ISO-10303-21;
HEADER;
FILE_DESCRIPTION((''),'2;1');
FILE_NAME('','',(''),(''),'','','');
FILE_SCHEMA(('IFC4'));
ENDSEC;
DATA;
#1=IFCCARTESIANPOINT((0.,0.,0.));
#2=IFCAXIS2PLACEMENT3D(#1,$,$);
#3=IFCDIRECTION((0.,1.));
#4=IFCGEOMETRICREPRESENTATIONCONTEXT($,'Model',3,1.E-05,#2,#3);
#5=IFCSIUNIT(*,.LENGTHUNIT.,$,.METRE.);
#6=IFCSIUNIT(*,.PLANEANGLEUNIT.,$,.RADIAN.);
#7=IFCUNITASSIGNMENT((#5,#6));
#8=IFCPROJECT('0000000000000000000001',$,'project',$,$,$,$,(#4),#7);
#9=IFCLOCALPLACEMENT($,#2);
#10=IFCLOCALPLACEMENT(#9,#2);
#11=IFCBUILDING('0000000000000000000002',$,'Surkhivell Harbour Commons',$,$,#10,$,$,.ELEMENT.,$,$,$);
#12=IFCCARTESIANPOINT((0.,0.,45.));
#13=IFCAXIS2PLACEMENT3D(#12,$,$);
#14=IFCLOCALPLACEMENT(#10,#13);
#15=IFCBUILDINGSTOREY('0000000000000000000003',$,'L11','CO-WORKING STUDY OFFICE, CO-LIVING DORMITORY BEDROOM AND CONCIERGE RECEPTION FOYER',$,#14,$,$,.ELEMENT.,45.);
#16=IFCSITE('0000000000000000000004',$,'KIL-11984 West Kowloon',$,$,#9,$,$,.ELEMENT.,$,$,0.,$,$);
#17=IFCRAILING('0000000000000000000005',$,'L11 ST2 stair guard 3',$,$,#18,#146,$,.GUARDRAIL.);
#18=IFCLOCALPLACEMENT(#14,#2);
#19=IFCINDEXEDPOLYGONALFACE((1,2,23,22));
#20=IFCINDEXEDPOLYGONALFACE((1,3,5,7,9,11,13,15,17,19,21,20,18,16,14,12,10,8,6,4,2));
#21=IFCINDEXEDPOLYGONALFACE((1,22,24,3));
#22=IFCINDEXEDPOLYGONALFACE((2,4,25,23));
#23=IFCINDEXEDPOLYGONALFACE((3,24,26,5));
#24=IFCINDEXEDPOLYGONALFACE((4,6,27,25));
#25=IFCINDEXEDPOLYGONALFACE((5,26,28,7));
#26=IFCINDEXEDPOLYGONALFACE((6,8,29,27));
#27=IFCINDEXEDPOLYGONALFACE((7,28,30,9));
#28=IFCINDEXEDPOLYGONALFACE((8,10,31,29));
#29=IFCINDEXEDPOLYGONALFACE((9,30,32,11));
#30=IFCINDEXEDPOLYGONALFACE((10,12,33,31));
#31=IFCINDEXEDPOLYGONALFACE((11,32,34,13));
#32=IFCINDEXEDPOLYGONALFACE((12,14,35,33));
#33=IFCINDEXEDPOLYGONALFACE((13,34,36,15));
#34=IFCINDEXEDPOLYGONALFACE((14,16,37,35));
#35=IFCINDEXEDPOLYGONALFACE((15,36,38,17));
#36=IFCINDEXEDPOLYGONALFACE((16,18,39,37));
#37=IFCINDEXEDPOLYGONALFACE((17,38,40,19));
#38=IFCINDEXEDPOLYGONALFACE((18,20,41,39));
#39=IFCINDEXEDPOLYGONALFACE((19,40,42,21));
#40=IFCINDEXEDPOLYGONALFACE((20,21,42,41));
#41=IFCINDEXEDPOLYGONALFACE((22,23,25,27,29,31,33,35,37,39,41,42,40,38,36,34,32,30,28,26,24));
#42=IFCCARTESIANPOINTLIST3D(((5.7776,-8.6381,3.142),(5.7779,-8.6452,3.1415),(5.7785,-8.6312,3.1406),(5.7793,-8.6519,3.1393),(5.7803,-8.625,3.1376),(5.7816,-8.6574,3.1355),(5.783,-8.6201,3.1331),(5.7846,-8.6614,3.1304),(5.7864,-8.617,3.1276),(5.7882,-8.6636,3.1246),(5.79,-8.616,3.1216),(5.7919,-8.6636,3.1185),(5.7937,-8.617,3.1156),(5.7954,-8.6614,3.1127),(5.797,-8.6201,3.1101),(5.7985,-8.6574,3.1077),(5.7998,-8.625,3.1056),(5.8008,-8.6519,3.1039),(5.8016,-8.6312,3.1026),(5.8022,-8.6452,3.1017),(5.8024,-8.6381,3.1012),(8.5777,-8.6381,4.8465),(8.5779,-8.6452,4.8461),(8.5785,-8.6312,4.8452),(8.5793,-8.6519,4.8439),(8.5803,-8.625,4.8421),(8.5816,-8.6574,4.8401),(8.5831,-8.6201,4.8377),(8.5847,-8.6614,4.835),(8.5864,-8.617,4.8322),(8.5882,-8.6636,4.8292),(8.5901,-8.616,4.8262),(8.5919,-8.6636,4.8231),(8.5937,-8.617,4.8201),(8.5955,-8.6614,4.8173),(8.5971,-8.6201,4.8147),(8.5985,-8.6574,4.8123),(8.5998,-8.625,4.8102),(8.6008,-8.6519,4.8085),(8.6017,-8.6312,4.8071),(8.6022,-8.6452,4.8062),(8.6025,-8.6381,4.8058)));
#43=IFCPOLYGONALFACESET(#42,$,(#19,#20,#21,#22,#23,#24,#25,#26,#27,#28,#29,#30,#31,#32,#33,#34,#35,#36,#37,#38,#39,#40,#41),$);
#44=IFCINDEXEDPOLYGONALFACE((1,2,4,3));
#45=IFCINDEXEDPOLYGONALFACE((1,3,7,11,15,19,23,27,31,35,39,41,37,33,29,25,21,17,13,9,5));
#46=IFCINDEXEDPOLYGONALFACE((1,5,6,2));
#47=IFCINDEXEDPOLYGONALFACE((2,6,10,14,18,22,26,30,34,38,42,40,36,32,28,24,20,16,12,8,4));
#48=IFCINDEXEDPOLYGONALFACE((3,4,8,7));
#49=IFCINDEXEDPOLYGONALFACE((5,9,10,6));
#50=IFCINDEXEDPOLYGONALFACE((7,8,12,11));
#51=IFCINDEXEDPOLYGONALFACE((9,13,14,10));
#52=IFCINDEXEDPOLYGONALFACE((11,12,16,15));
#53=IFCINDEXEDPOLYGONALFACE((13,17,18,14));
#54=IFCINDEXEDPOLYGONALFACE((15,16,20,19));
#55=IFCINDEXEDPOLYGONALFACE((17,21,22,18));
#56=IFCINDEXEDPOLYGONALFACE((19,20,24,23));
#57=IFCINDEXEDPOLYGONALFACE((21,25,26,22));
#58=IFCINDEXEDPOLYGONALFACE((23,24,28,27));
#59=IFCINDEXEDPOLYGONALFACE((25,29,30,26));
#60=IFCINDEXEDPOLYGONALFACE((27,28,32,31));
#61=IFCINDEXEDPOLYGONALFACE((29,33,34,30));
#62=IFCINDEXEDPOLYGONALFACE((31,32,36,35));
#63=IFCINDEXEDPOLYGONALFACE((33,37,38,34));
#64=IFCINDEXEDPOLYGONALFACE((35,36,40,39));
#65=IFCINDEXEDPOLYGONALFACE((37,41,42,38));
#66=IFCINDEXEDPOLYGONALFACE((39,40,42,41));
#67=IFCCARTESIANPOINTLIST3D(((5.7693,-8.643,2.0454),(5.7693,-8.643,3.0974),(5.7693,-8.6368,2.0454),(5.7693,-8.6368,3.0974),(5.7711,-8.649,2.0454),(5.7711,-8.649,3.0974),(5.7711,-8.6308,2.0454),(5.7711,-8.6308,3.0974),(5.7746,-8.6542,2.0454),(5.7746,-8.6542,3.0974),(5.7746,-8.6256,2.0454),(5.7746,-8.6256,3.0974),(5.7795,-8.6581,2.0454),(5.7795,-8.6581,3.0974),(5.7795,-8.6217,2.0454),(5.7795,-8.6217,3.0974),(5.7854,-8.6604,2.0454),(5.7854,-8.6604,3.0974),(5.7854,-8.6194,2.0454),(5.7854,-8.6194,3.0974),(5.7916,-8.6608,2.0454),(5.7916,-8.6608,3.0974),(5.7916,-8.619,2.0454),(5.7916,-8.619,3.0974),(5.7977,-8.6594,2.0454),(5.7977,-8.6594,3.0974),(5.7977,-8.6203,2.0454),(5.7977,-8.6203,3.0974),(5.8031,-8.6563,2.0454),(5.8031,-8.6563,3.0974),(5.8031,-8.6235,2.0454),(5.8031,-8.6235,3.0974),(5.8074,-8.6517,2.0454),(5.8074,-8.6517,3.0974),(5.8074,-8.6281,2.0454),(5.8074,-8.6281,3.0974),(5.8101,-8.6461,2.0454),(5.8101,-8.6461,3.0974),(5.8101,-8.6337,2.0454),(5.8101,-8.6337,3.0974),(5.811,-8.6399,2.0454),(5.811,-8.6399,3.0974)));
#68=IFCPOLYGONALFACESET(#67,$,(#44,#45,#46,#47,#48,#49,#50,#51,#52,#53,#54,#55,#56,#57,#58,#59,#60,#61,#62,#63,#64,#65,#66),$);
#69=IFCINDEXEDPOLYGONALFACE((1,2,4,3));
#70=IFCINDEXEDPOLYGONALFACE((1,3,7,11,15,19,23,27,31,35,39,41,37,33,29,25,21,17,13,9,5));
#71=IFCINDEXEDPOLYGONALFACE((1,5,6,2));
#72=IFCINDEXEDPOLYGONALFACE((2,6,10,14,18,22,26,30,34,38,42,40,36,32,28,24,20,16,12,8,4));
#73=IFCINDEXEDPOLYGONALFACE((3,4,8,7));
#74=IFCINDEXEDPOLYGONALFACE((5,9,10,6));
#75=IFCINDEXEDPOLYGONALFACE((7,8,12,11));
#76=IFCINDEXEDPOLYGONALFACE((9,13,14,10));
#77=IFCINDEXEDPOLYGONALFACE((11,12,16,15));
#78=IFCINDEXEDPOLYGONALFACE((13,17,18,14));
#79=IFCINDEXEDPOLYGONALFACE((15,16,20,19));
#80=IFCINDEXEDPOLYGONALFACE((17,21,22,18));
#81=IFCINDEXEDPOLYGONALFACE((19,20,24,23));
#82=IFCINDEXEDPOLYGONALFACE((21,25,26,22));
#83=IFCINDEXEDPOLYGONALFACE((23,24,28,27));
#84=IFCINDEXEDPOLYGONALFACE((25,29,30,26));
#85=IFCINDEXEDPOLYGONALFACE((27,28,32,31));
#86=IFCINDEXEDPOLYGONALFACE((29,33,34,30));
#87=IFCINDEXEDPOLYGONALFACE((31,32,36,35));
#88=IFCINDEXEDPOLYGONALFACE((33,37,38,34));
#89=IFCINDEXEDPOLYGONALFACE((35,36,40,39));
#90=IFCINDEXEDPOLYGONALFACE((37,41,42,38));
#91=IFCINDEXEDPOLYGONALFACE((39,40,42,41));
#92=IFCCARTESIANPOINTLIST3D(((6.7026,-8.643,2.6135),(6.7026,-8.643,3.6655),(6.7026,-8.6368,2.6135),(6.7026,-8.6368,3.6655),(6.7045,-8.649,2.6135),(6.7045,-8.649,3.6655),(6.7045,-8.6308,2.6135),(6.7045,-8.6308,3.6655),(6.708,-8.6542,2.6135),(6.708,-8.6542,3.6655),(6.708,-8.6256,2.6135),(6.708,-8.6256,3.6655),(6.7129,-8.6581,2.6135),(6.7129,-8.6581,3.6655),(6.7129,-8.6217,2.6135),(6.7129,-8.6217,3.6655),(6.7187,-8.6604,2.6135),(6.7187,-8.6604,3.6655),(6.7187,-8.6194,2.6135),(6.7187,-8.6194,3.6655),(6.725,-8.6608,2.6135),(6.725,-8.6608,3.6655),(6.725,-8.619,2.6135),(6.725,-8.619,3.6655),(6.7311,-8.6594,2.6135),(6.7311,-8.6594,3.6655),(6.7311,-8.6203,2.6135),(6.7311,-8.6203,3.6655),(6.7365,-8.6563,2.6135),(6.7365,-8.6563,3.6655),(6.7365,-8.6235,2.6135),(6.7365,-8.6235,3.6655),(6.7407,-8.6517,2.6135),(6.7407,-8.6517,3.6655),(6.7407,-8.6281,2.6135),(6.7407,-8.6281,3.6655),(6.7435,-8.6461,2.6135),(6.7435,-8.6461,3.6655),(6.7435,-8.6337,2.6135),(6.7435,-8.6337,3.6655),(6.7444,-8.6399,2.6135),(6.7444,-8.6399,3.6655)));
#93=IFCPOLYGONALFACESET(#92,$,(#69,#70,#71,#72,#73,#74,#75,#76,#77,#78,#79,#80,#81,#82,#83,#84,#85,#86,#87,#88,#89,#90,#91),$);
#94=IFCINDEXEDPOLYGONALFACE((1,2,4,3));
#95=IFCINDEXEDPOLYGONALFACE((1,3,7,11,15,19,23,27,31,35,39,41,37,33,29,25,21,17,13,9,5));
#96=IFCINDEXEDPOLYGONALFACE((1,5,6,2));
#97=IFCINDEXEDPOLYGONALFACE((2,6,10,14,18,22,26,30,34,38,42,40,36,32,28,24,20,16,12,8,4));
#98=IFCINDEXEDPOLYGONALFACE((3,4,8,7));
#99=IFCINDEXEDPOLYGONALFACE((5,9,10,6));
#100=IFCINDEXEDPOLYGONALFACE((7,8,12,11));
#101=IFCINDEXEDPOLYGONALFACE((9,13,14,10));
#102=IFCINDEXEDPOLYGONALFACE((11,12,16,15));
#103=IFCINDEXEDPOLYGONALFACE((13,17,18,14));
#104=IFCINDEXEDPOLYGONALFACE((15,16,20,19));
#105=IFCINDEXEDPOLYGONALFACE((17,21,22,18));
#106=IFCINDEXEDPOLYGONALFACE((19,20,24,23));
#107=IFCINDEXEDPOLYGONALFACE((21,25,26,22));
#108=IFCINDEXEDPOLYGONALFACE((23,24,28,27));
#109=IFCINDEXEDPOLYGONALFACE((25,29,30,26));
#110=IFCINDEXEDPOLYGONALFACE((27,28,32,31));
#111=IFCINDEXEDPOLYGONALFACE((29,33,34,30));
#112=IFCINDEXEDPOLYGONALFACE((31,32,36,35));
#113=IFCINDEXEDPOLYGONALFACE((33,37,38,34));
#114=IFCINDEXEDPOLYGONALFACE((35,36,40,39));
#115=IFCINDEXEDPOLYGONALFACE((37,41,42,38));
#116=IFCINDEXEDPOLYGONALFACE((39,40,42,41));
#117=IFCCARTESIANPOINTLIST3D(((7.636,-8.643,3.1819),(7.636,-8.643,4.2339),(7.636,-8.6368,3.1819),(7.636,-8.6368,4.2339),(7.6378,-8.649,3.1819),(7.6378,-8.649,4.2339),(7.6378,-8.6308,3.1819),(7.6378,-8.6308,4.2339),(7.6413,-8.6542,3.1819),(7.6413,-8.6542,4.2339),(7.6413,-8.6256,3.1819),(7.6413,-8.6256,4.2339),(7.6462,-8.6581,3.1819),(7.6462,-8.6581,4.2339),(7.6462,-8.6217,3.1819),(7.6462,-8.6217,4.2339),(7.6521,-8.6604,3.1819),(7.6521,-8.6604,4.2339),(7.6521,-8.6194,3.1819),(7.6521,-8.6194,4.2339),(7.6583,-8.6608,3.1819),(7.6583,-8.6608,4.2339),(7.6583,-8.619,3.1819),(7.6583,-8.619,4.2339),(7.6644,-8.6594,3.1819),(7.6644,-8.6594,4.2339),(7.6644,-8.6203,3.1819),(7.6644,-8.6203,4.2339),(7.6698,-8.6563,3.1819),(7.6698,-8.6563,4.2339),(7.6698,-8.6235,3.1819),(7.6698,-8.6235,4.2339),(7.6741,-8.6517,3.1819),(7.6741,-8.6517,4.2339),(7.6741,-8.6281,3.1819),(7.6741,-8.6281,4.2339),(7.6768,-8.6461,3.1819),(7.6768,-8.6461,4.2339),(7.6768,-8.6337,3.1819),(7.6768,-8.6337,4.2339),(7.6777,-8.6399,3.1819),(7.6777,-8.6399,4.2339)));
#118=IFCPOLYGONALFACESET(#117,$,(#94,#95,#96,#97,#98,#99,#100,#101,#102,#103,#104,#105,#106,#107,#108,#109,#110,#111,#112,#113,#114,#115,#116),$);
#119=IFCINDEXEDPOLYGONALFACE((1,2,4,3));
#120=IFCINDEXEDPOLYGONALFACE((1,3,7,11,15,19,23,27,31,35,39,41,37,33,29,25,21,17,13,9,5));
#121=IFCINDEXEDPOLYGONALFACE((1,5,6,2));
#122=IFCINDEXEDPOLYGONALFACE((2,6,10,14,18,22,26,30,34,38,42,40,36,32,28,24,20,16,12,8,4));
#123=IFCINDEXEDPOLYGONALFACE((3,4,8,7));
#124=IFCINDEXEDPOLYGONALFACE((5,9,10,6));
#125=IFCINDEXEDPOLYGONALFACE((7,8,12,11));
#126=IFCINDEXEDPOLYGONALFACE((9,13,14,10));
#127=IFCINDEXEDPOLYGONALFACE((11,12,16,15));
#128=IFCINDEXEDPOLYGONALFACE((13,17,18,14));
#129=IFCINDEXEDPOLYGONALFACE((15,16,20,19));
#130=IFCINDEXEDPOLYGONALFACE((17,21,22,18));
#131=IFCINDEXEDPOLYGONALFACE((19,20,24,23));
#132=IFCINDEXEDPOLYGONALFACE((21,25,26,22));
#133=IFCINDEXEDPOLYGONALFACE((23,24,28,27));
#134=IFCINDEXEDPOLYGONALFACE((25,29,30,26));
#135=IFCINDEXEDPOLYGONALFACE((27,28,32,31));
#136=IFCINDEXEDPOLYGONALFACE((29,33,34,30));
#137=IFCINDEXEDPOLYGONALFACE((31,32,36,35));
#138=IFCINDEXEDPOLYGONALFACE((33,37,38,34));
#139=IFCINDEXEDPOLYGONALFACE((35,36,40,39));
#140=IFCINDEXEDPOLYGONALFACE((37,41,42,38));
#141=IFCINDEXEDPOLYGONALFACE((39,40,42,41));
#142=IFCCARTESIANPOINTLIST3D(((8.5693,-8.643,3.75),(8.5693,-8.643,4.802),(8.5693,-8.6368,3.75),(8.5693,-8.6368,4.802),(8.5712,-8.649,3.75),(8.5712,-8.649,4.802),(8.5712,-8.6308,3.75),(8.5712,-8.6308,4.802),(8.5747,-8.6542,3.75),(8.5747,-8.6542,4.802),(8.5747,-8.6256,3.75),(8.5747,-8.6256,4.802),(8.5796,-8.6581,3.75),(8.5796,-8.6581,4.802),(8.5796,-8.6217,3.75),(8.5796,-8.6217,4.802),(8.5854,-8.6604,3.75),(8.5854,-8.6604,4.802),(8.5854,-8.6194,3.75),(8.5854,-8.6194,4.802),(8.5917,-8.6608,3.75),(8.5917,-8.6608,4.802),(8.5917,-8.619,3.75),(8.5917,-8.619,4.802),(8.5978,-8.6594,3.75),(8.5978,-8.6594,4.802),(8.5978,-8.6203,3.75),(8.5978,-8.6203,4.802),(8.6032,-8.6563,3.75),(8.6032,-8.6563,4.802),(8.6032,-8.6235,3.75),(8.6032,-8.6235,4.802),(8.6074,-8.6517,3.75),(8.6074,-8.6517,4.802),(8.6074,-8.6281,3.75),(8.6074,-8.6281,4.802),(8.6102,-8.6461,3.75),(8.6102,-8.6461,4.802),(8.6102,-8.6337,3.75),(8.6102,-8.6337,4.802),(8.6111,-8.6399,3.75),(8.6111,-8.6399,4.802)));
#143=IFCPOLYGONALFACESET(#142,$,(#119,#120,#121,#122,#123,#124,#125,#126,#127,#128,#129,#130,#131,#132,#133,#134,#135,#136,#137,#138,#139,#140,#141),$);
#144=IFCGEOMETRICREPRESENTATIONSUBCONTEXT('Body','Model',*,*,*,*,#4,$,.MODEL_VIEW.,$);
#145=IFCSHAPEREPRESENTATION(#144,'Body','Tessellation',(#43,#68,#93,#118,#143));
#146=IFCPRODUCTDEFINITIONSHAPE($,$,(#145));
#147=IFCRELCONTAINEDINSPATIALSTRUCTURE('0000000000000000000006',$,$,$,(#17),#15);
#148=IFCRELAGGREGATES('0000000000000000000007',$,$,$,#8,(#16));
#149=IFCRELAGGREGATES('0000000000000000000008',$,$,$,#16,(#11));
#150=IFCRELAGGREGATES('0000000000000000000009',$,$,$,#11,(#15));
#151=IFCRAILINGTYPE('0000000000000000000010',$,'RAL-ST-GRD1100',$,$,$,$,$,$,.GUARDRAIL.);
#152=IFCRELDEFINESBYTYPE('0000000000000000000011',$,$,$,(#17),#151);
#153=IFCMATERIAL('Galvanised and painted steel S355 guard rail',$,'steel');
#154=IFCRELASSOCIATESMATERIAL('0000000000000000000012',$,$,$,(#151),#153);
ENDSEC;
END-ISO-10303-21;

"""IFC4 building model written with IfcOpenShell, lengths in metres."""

from ifc_helpers import new_model, si_unit, direction, frame, origin, origin_2d, place, context, subcontext, project, spatial, circle, extrude, material, type_object, element, save


model = new_model("IFC4")

# Units and contexts
model_context = context("Model", 3, precision=1e-05, world=origin(), true_north=direction((0.0, 1.0)))
body_context = subcontext(model_context, "Body", "Model", "MODEL_VIEW")
ifc_project = project(units=[si_unit("LENGTHUNIT", "METRE"), si_unit("PLANEANGLEUNIT", "RADIAN")], contexts=[model_context])

# Site, building, storey
site_placement = place(None, origin())
site = spatial("IfcSite", under=ifc_project, at=site_placement, Name="KIL-11984 West Kowloon", CompositionType="ELEMENT", RefElevation=0.0)
building_placement = place(site_placement, origin())
building = spatial("IfcBuilding", under=site, at=building_placement, Name="Surkhivell Harbour Commons", CompositionType="ELEMENT")
storey_placement = place(building_placement, frame((0.0, 0.0, 45.0)))
storey = spatial("IfcBuildingStorey", under=building, at=storey_placement, Name="L11", Description="CO-WORKING STUDY OFFICE, CO-LIVING DORMITORY BEDROOM AND CONCIERGE RECEPTION FOYER", CompositionType="ELEMENT", Elevation=45.0)

# Railing
ifc_material_1 = material(Name="Galvanised and painted steel S355 guard rail", Category="steel")
railing_type_1 = type_object("IfcRailingType", Name="RAL-ST-GRD1100", PredefinedType="GUARDRAIL", material=ifc_material_1)
railing_1_placement = place(storey_placement, frame((5.79, -8.6399, 2.0454)))
element("IfcRailing", 1, at=railing_1_placement, inside=storey, type_object=railing_type_1, Name="L11 ST2 stair guard 3", PredefinedType="GUARDRAIL", context=body_context, shape_type="SweptSolid", body=[
    extrude(circle(Radius=0.0239, at=origin_2d()), frame((0.0, 0.0, 1.0762), z_axis=(0.85417, 0.0, 0.519994), x_axis=(0.0, 1.0, 0.0)), (0.0, 0.0, 1.0), 3.2781),
    extrude(circle(Radius=0.021, at=origin_2d()), origin(), (0.0, 0.0, 1.0), 1.052),
    extrude(circle(Radius=0.021, at=origin_2d()), frame((0.9333, 0.0, 0.5681)), (0.0, 0.0, 1.0), 1.052),
    extrude(circle(Radius=0.021, at=origin_2d()), frame((1.8667, 0.0, 1.1365)), (0.0, 0.0, 1.0), 1.052),
    extrude(circle(Radius=0.021, at=origin_2d()), frame((2.8, 0.0, 1.7046)), (0.0, 0.0, 1.0), 1.052),
])

save(model, "model.ifc")
